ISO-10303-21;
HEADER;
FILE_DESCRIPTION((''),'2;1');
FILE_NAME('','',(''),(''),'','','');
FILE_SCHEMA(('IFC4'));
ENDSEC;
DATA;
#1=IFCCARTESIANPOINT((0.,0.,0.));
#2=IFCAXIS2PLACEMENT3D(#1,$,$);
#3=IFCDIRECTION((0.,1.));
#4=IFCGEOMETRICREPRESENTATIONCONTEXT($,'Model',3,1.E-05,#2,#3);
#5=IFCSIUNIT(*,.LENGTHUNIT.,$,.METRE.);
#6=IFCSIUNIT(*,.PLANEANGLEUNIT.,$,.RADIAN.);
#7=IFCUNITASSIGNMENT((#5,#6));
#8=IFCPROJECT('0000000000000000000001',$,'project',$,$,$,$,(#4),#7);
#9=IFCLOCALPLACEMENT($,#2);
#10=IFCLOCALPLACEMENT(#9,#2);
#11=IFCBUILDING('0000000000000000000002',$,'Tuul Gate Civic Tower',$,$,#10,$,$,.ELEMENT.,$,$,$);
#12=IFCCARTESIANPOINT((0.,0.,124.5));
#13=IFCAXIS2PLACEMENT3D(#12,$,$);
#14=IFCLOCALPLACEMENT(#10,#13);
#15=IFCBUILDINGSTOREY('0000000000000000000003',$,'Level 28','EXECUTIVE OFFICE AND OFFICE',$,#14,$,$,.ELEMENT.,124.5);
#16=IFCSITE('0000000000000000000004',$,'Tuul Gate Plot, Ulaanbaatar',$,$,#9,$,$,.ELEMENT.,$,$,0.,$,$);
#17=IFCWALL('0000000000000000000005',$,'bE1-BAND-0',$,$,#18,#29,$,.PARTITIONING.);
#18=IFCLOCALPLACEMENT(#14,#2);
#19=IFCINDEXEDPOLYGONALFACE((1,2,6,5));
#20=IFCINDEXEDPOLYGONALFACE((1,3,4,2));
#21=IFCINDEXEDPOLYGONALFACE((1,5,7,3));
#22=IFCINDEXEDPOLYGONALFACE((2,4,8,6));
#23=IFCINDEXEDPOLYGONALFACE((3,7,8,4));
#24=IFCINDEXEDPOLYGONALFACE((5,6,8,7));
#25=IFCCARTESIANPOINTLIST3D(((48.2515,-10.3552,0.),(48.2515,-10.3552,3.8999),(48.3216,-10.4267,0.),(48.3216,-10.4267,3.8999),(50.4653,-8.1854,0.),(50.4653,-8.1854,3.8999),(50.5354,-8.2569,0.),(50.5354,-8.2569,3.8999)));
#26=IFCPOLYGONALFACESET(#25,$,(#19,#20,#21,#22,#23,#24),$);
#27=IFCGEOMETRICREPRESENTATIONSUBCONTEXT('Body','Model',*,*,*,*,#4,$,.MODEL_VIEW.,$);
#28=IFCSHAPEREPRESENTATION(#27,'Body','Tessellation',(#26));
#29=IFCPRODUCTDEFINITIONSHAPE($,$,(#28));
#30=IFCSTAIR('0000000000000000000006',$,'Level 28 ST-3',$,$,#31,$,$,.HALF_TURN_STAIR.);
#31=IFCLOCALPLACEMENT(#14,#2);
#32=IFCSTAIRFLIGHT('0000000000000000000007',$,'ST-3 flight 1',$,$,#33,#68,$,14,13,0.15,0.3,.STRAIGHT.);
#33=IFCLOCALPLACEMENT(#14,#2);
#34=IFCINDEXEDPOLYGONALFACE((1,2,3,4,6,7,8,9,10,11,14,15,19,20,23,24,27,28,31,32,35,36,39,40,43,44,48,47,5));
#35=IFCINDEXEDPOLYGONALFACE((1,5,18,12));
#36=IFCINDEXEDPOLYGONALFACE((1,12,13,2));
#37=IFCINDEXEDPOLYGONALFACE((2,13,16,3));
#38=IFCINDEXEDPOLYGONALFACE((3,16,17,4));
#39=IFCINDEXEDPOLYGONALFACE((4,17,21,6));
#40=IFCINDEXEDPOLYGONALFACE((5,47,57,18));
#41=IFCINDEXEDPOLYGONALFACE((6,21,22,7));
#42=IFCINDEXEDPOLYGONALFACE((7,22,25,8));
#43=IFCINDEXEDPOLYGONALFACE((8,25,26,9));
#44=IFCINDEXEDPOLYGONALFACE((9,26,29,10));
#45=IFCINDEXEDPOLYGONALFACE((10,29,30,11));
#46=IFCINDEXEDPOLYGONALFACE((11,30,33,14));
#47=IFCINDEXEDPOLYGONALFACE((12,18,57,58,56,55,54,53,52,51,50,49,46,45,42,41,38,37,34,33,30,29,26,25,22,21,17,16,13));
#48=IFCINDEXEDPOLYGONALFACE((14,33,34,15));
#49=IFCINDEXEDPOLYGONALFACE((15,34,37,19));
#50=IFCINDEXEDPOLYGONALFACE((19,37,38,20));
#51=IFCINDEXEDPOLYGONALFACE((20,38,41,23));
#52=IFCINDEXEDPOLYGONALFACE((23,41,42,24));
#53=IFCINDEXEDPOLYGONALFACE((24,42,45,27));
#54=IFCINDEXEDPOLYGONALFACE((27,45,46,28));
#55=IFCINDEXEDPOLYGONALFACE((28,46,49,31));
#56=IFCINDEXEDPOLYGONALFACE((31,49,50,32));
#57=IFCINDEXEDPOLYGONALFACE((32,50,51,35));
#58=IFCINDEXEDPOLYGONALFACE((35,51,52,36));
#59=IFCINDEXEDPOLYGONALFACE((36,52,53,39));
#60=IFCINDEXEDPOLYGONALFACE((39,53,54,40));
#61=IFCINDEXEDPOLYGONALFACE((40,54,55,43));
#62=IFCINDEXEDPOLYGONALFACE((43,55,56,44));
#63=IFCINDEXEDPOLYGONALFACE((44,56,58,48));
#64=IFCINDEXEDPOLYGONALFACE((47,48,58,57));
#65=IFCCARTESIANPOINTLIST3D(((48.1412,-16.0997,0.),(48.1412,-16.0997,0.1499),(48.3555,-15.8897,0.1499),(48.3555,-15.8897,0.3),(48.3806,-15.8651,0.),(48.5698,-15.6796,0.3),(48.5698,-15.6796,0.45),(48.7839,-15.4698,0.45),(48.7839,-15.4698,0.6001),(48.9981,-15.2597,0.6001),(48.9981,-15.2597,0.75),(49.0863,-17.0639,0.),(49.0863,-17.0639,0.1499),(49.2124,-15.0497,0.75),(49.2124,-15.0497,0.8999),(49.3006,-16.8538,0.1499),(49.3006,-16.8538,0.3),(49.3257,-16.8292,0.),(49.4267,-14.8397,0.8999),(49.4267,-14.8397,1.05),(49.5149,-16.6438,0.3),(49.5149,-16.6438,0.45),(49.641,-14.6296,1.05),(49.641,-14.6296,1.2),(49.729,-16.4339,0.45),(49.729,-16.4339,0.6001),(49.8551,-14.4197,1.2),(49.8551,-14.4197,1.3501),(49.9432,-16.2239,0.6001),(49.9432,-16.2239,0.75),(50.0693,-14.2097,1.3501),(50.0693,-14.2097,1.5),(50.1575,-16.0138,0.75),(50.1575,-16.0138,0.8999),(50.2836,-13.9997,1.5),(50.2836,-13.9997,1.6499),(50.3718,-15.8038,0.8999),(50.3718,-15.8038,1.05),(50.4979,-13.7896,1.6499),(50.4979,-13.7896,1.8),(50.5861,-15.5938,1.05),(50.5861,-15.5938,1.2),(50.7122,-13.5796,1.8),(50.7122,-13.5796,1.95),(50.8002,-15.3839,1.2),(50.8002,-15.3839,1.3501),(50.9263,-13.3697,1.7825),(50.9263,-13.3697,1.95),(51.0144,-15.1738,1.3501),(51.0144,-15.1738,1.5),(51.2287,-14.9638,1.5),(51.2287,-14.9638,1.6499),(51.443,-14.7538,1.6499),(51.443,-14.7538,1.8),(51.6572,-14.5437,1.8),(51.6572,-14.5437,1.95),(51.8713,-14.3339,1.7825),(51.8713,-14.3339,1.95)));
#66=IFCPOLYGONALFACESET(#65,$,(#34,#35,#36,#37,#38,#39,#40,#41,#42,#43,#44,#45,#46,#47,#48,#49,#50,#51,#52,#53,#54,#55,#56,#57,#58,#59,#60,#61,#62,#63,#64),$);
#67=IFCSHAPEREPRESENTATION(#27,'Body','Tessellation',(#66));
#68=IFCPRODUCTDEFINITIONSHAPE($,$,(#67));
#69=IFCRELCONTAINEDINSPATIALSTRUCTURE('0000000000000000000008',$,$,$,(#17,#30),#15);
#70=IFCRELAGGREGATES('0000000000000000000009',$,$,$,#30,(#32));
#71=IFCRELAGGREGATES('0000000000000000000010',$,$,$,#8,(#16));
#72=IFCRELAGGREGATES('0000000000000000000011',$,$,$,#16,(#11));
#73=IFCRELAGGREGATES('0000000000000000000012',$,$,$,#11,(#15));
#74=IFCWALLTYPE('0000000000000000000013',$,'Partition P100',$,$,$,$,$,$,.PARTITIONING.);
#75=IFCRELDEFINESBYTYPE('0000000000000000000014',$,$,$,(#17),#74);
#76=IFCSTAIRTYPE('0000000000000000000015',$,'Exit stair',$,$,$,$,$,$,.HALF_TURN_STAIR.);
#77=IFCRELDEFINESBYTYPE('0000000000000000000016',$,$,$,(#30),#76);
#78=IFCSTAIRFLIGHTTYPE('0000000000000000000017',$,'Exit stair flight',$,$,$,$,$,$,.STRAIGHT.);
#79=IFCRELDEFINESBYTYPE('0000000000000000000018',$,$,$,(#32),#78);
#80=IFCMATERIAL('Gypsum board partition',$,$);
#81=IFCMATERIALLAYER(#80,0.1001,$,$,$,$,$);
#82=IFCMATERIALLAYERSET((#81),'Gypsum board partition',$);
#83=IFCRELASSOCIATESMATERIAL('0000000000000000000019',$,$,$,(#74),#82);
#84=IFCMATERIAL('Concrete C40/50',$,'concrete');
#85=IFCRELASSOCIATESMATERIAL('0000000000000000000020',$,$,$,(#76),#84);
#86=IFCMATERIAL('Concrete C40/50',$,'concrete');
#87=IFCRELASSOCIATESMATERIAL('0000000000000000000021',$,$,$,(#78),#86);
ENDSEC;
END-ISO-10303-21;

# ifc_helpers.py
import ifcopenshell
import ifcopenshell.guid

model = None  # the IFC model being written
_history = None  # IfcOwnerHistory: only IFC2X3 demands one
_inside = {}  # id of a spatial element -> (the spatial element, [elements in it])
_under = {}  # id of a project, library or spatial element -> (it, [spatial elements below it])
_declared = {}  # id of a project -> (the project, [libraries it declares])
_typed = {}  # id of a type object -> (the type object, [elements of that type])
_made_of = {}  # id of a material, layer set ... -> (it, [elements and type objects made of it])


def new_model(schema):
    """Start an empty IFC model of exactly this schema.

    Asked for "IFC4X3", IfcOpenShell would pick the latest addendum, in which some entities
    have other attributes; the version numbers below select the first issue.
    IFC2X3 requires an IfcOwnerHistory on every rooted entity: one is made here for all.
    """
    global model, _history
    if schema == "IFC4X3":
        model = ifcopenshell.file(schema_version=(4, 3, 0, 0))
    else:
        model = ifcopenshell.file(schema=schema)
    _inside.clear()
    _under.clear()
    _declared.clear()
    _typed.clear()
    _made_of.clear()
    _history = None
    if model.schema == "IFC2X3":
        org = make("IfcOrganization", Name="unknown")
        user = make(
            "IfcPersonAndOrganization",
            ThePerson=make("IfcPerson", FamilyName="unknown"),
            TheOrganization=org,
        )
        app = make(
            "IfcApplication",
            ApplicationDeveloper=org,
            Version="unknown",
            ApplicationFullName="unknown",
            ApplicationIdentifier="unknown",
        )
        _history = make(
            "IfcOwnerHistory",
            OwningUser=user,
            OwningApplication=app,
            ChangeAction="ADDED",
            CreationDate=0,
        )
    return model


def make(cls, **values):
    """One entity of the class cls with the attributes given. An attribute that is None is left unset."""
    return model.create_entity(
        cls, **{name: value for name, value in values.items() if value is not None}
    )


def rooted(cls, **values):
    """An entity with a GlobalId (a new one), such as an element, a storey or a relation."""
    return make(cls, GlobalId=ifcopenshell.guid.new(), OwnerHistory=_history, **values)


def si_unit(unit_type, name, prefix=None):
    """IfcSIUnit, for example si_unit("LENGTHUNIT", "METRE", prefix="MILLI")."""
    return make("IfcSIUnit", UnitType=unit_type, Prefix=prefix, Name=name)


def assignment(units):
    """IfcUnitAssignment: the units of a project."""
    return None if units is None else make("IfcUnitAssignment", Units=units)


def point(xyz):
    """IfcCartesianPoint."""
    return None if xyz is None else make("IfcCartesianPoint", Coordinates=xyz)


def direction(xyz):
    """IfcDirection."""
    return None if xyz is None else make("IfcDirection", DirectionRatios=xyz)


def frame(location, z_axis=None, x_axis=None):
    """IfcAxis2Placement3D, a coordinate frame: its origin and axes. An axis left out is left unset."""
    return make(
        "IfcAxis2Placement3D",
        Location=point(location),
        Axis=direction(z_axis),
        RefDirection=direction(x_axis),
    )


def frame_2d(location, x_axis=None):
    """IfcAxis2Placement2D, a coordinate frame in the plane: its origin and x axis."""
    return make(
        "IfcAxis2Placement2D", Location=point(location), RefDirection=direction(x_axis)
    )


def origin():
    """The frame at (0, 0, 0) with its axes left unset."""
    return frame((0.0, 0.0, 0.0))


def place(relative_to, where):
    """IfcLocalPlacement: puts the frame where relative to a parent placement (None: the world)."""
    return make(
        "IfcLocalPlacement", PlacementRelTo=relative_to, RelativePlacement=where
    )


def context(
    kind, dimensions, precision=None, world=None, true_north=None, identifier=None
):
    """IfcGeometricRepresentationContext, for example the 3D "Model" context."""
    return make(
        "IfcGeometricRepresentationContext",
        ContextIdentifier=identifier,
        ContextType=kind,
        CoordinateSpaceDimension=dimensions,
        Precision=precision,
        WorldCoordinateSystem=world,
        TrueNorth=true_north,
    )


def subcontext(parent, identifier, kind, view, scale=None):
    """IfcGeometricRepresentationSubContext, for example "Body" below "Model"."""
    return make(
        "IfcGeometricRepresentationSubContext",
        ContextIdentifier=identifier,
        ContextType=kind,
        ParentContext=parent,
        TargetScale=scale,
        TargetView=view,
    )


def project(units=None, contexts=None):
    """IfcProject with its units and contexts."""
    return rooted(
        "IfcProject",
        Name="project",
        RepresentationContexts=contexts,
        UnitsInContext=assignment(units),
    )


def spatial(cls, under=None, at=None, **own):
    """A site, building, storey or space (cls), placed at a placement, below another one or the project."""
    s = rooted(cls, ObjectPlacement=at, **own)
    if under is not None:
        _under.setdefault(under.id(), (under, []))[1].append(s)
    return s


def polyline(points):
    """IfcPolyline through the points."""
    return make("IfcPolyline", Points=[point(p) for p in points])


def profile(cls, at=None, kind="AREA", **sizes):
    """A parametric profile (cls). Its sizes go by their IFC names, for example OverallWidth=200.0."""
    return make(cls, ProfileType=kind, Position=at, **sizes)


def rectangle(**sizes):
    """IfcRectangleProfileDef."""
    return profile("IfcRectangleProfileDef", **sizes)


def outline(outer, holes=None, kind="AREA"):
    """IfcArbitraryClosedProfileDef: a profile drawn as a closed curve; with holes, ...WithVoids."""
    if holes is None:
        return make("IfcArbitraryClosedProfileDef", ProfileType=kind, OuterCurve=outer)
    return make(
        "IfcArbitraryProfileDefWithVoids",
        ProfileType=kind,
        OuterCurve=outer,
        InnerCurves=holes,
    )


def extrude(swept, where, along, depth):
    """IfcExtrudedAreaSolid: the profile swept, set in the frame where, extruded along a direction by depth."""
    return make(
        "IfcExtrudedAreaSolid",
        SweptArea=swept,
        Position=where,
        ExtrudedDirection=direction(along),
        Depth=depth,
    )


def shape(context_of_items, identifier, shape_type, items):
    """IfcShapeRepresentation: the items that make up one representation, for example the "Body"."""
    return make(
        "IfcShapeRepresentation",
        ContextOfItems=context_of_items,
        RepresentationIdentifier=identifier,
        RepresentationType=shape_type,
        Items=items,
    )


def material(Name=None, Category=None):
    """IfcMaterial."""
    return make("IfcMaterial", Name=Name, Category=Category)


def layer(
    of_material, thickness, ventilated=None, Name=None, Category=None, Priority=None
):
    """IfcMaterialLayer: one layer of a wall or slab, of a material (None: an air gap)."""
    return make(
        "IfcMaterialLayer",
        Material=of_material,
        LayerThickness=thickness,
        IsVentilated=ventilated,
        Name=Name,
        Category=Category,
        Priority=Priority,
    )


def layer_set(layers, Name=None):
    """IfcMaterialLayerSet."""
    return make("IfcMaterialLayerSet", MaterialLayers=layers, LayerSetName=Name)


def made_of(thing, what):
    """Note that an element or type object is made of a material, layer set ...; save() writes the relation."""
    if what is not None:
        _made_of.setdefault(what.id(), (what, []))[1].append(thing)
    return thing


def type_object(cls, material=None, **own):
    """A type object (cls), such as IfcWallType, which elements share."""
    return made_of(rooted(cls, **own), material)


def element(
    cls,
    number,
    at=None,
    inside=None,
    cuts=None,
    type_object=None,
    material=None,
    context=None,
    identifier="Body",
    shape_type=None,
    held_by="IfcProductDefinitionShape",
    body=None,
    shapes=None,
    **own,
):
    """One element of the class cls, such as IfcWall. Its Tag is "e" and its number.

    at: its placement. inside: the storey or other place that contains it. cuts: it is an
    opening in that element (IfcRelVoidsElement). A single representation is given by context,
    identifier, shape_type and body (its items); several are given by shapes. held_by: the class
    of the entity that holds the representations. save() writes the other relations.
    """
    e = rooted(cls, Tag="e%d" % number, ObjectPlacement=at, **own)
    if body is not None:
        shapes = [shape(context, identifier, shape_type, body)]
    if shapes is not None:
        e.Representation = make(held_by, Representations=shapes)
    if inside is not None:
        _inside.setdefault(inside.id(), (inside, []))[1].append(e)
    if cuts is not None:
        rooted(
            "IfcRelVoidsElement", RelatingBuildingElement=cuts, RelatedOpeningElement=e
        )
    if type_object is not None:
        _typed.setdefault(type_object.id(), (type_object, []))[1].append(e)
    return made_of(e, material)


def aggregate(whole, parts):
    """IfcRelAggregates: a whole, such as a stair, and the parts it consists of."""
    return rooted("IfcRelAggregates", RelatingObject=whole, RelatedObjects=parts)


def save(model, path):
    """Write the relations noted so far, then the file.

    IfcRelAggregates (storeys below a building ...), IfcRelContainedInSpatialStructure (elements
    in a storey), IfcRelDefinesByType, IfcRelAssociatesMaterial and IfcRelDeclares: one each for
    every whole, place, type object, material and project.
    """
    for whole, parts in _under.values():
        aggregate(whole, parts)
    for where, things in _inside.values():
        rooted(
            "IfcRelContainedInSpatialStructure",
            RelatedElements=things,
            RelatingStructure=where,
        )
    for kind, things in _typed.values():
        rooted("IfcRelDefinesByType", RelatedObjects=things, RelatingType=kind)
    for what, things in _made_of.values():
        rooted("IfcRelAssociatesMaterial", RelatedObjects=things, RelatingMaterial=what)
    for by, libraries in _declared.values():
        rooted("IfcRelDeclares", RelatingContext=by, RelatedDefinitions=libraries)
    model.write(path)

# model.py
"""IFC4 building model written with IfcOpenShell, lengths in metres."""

from ifc_helpers import new_model, si_unit, direction, frame, frame_2d, origin, place, context, subcontext, project, spatial, polyline, rectangle, outline, extrude, material, layer, layer_set, type_object, element, aggregate, save


model = new_model("IFC4")

# Units and contexts
model_context = context("Model", 3, precision=1e-05, world=origin(), true_north=direction((0.0, 1.0)))
body_context = subcontext(model_context, "Body", "Model", "MODEL_VIEW")
ifc_project = project(units=[si_unit("LENGTHUNIT", "METRE"), si_unit("PLANEANGLEUNIT", "RADIAN")], contexts=[model_context])

# Site, building, storey
site_placement = place(None, origin())
site = spatial("IfcSite", under=ifc_project, at=site_placement, Name="Tuul Gate Plot, Ulaanbaatar", CompositionType="ELEMENT", RefElevation=0.0)
building_placement = place(site_placement, origin())
building = spatial("IfcBuilding", under=site, at=building_placement, Name="Tuul Gate Civic Tower", CompositionType="ELEMENT")
storey_placement = place(building_placement, frame((0.0, 0.0, 124.5)))
storey = spatial("IfcBuildingStorey", under=building, at=storey_placement, Name="Level 28", Description="EXECUTIVE OFFICE AND OFFICE", CompositionType="ELEMENT", Elevation=124.5)

# Wall
ifc_material_1 = material(Name="Gypsum board partition")
ifc_layer_1 = layer(ifc_material_1, 0.1001)
ifc_layer_set_1 = layer_set([ifc_layer_1], Name="Gypsum board partition")
wall_type_1 = type_object("IfcWallType", Name="Partition P100", PredefinedType="PARTITIONING", material=ifc_layer_set_1)
wall_1_placement = place(storey_placement, frame((48.2866, -10.3909, 0.0), z_axis=(0.0, 0.0, 1.0), x_axis=(0.714159, 0.699983, 0.0)))
element("IfcWall", 1, at=wall_1_placement, inside=storey, type_object=wall_type_1, Name="bE1-BAND-0", PredefinedType="PARTITIONING", context=body_context, shape_type="SweptSolid", body=[
    extrude(rectangle(XDim=3.0999, YDim=0.1001, at=frame_2d((1.5498, 0.0))), origin(), (0.0, 0.0, 1.0), 3.8999),
])

# Stair, stair flight
ifc_material_2 = material(Name="Concrete C40/50", Category="concrete")
stair_type = type_object("IfcStairType", Name="Exit stair", PredefinedType="HALF_TURN_STAIR", material=ifc_material_2)
stair_placement = place(storey_placement, origin())
stair = element("IfcStair", 2, at=stair_placement, inside=storey, type_object=stair_type, Name="Level 28 ST-3", PredefinedType="HALF_TURN_STAIR")
ifc_material_3 = material(Name="Concrete C40/50", Category="concrete")
stair_flight_type = type_object("IfcStairFlightType", Name="Exit stair flight", PredefinedType="STRAIGHT", material=ifc_material_3)
stair_flight_placement = place(storey_placement, frame((48.6138, -16.5818, 0.0), z_axis=(0.0, 0.0, 1.0), x_axis=(0.714127, 0.700016, 0.0)))
stair_flight = element("IfcStairFlight", 3, at=stair_flight_placement, type_object=stair_flight_type, Name="ST-3 flight 1", NumberOfRisers=14, NumberOfTreads=13, PredefinedType="STRAIGHT", RiserHeight=0.15, TreadLength=0.3, context=body_context, shape_type="SweptSolid", body=[
    extrude(outline(polyline([(0.0, 0.0), (0.0, 0.1499), (0.3, 0.1499), (0.3, 0.3), (0.6001, 0.3), (0.6001, 0.45), (0.8999, 0.45), (0.8999, 0.6001), (1.2, 0.6001), (1.2, 0.75), (1.5, 0.75), (1.5, 0.8999), (1.8, 0.8999), (1.8, 1.05), (2.1001, 1.05), (2.1001, 1.2), (2.3999, 1.2), (2.3999, 1.3501), (2.7, 1.3501), (2.7, 1.5), (3.0, 1.5), (3.0, 1.6499), (3.3, 1.6499), (3.3, 1.8), (3.6001, 1.8), (3.6001, 1.95), (3.8999, 1.95), (3.8999, 2.1001), (3.8999, 1.7825), (0.3352, 0.0), (0.0, 0.0)])), frame((0.0, 0.675, 0.0), z_axis=(0.0, -1.0, 0.0), x_axis=(1.0, 0.0, 0.0)), (0.0, 0.0, 1.0), 1.3501),
])
aggregate(stair, [stair_flight])

save(model, "model.ifc")
